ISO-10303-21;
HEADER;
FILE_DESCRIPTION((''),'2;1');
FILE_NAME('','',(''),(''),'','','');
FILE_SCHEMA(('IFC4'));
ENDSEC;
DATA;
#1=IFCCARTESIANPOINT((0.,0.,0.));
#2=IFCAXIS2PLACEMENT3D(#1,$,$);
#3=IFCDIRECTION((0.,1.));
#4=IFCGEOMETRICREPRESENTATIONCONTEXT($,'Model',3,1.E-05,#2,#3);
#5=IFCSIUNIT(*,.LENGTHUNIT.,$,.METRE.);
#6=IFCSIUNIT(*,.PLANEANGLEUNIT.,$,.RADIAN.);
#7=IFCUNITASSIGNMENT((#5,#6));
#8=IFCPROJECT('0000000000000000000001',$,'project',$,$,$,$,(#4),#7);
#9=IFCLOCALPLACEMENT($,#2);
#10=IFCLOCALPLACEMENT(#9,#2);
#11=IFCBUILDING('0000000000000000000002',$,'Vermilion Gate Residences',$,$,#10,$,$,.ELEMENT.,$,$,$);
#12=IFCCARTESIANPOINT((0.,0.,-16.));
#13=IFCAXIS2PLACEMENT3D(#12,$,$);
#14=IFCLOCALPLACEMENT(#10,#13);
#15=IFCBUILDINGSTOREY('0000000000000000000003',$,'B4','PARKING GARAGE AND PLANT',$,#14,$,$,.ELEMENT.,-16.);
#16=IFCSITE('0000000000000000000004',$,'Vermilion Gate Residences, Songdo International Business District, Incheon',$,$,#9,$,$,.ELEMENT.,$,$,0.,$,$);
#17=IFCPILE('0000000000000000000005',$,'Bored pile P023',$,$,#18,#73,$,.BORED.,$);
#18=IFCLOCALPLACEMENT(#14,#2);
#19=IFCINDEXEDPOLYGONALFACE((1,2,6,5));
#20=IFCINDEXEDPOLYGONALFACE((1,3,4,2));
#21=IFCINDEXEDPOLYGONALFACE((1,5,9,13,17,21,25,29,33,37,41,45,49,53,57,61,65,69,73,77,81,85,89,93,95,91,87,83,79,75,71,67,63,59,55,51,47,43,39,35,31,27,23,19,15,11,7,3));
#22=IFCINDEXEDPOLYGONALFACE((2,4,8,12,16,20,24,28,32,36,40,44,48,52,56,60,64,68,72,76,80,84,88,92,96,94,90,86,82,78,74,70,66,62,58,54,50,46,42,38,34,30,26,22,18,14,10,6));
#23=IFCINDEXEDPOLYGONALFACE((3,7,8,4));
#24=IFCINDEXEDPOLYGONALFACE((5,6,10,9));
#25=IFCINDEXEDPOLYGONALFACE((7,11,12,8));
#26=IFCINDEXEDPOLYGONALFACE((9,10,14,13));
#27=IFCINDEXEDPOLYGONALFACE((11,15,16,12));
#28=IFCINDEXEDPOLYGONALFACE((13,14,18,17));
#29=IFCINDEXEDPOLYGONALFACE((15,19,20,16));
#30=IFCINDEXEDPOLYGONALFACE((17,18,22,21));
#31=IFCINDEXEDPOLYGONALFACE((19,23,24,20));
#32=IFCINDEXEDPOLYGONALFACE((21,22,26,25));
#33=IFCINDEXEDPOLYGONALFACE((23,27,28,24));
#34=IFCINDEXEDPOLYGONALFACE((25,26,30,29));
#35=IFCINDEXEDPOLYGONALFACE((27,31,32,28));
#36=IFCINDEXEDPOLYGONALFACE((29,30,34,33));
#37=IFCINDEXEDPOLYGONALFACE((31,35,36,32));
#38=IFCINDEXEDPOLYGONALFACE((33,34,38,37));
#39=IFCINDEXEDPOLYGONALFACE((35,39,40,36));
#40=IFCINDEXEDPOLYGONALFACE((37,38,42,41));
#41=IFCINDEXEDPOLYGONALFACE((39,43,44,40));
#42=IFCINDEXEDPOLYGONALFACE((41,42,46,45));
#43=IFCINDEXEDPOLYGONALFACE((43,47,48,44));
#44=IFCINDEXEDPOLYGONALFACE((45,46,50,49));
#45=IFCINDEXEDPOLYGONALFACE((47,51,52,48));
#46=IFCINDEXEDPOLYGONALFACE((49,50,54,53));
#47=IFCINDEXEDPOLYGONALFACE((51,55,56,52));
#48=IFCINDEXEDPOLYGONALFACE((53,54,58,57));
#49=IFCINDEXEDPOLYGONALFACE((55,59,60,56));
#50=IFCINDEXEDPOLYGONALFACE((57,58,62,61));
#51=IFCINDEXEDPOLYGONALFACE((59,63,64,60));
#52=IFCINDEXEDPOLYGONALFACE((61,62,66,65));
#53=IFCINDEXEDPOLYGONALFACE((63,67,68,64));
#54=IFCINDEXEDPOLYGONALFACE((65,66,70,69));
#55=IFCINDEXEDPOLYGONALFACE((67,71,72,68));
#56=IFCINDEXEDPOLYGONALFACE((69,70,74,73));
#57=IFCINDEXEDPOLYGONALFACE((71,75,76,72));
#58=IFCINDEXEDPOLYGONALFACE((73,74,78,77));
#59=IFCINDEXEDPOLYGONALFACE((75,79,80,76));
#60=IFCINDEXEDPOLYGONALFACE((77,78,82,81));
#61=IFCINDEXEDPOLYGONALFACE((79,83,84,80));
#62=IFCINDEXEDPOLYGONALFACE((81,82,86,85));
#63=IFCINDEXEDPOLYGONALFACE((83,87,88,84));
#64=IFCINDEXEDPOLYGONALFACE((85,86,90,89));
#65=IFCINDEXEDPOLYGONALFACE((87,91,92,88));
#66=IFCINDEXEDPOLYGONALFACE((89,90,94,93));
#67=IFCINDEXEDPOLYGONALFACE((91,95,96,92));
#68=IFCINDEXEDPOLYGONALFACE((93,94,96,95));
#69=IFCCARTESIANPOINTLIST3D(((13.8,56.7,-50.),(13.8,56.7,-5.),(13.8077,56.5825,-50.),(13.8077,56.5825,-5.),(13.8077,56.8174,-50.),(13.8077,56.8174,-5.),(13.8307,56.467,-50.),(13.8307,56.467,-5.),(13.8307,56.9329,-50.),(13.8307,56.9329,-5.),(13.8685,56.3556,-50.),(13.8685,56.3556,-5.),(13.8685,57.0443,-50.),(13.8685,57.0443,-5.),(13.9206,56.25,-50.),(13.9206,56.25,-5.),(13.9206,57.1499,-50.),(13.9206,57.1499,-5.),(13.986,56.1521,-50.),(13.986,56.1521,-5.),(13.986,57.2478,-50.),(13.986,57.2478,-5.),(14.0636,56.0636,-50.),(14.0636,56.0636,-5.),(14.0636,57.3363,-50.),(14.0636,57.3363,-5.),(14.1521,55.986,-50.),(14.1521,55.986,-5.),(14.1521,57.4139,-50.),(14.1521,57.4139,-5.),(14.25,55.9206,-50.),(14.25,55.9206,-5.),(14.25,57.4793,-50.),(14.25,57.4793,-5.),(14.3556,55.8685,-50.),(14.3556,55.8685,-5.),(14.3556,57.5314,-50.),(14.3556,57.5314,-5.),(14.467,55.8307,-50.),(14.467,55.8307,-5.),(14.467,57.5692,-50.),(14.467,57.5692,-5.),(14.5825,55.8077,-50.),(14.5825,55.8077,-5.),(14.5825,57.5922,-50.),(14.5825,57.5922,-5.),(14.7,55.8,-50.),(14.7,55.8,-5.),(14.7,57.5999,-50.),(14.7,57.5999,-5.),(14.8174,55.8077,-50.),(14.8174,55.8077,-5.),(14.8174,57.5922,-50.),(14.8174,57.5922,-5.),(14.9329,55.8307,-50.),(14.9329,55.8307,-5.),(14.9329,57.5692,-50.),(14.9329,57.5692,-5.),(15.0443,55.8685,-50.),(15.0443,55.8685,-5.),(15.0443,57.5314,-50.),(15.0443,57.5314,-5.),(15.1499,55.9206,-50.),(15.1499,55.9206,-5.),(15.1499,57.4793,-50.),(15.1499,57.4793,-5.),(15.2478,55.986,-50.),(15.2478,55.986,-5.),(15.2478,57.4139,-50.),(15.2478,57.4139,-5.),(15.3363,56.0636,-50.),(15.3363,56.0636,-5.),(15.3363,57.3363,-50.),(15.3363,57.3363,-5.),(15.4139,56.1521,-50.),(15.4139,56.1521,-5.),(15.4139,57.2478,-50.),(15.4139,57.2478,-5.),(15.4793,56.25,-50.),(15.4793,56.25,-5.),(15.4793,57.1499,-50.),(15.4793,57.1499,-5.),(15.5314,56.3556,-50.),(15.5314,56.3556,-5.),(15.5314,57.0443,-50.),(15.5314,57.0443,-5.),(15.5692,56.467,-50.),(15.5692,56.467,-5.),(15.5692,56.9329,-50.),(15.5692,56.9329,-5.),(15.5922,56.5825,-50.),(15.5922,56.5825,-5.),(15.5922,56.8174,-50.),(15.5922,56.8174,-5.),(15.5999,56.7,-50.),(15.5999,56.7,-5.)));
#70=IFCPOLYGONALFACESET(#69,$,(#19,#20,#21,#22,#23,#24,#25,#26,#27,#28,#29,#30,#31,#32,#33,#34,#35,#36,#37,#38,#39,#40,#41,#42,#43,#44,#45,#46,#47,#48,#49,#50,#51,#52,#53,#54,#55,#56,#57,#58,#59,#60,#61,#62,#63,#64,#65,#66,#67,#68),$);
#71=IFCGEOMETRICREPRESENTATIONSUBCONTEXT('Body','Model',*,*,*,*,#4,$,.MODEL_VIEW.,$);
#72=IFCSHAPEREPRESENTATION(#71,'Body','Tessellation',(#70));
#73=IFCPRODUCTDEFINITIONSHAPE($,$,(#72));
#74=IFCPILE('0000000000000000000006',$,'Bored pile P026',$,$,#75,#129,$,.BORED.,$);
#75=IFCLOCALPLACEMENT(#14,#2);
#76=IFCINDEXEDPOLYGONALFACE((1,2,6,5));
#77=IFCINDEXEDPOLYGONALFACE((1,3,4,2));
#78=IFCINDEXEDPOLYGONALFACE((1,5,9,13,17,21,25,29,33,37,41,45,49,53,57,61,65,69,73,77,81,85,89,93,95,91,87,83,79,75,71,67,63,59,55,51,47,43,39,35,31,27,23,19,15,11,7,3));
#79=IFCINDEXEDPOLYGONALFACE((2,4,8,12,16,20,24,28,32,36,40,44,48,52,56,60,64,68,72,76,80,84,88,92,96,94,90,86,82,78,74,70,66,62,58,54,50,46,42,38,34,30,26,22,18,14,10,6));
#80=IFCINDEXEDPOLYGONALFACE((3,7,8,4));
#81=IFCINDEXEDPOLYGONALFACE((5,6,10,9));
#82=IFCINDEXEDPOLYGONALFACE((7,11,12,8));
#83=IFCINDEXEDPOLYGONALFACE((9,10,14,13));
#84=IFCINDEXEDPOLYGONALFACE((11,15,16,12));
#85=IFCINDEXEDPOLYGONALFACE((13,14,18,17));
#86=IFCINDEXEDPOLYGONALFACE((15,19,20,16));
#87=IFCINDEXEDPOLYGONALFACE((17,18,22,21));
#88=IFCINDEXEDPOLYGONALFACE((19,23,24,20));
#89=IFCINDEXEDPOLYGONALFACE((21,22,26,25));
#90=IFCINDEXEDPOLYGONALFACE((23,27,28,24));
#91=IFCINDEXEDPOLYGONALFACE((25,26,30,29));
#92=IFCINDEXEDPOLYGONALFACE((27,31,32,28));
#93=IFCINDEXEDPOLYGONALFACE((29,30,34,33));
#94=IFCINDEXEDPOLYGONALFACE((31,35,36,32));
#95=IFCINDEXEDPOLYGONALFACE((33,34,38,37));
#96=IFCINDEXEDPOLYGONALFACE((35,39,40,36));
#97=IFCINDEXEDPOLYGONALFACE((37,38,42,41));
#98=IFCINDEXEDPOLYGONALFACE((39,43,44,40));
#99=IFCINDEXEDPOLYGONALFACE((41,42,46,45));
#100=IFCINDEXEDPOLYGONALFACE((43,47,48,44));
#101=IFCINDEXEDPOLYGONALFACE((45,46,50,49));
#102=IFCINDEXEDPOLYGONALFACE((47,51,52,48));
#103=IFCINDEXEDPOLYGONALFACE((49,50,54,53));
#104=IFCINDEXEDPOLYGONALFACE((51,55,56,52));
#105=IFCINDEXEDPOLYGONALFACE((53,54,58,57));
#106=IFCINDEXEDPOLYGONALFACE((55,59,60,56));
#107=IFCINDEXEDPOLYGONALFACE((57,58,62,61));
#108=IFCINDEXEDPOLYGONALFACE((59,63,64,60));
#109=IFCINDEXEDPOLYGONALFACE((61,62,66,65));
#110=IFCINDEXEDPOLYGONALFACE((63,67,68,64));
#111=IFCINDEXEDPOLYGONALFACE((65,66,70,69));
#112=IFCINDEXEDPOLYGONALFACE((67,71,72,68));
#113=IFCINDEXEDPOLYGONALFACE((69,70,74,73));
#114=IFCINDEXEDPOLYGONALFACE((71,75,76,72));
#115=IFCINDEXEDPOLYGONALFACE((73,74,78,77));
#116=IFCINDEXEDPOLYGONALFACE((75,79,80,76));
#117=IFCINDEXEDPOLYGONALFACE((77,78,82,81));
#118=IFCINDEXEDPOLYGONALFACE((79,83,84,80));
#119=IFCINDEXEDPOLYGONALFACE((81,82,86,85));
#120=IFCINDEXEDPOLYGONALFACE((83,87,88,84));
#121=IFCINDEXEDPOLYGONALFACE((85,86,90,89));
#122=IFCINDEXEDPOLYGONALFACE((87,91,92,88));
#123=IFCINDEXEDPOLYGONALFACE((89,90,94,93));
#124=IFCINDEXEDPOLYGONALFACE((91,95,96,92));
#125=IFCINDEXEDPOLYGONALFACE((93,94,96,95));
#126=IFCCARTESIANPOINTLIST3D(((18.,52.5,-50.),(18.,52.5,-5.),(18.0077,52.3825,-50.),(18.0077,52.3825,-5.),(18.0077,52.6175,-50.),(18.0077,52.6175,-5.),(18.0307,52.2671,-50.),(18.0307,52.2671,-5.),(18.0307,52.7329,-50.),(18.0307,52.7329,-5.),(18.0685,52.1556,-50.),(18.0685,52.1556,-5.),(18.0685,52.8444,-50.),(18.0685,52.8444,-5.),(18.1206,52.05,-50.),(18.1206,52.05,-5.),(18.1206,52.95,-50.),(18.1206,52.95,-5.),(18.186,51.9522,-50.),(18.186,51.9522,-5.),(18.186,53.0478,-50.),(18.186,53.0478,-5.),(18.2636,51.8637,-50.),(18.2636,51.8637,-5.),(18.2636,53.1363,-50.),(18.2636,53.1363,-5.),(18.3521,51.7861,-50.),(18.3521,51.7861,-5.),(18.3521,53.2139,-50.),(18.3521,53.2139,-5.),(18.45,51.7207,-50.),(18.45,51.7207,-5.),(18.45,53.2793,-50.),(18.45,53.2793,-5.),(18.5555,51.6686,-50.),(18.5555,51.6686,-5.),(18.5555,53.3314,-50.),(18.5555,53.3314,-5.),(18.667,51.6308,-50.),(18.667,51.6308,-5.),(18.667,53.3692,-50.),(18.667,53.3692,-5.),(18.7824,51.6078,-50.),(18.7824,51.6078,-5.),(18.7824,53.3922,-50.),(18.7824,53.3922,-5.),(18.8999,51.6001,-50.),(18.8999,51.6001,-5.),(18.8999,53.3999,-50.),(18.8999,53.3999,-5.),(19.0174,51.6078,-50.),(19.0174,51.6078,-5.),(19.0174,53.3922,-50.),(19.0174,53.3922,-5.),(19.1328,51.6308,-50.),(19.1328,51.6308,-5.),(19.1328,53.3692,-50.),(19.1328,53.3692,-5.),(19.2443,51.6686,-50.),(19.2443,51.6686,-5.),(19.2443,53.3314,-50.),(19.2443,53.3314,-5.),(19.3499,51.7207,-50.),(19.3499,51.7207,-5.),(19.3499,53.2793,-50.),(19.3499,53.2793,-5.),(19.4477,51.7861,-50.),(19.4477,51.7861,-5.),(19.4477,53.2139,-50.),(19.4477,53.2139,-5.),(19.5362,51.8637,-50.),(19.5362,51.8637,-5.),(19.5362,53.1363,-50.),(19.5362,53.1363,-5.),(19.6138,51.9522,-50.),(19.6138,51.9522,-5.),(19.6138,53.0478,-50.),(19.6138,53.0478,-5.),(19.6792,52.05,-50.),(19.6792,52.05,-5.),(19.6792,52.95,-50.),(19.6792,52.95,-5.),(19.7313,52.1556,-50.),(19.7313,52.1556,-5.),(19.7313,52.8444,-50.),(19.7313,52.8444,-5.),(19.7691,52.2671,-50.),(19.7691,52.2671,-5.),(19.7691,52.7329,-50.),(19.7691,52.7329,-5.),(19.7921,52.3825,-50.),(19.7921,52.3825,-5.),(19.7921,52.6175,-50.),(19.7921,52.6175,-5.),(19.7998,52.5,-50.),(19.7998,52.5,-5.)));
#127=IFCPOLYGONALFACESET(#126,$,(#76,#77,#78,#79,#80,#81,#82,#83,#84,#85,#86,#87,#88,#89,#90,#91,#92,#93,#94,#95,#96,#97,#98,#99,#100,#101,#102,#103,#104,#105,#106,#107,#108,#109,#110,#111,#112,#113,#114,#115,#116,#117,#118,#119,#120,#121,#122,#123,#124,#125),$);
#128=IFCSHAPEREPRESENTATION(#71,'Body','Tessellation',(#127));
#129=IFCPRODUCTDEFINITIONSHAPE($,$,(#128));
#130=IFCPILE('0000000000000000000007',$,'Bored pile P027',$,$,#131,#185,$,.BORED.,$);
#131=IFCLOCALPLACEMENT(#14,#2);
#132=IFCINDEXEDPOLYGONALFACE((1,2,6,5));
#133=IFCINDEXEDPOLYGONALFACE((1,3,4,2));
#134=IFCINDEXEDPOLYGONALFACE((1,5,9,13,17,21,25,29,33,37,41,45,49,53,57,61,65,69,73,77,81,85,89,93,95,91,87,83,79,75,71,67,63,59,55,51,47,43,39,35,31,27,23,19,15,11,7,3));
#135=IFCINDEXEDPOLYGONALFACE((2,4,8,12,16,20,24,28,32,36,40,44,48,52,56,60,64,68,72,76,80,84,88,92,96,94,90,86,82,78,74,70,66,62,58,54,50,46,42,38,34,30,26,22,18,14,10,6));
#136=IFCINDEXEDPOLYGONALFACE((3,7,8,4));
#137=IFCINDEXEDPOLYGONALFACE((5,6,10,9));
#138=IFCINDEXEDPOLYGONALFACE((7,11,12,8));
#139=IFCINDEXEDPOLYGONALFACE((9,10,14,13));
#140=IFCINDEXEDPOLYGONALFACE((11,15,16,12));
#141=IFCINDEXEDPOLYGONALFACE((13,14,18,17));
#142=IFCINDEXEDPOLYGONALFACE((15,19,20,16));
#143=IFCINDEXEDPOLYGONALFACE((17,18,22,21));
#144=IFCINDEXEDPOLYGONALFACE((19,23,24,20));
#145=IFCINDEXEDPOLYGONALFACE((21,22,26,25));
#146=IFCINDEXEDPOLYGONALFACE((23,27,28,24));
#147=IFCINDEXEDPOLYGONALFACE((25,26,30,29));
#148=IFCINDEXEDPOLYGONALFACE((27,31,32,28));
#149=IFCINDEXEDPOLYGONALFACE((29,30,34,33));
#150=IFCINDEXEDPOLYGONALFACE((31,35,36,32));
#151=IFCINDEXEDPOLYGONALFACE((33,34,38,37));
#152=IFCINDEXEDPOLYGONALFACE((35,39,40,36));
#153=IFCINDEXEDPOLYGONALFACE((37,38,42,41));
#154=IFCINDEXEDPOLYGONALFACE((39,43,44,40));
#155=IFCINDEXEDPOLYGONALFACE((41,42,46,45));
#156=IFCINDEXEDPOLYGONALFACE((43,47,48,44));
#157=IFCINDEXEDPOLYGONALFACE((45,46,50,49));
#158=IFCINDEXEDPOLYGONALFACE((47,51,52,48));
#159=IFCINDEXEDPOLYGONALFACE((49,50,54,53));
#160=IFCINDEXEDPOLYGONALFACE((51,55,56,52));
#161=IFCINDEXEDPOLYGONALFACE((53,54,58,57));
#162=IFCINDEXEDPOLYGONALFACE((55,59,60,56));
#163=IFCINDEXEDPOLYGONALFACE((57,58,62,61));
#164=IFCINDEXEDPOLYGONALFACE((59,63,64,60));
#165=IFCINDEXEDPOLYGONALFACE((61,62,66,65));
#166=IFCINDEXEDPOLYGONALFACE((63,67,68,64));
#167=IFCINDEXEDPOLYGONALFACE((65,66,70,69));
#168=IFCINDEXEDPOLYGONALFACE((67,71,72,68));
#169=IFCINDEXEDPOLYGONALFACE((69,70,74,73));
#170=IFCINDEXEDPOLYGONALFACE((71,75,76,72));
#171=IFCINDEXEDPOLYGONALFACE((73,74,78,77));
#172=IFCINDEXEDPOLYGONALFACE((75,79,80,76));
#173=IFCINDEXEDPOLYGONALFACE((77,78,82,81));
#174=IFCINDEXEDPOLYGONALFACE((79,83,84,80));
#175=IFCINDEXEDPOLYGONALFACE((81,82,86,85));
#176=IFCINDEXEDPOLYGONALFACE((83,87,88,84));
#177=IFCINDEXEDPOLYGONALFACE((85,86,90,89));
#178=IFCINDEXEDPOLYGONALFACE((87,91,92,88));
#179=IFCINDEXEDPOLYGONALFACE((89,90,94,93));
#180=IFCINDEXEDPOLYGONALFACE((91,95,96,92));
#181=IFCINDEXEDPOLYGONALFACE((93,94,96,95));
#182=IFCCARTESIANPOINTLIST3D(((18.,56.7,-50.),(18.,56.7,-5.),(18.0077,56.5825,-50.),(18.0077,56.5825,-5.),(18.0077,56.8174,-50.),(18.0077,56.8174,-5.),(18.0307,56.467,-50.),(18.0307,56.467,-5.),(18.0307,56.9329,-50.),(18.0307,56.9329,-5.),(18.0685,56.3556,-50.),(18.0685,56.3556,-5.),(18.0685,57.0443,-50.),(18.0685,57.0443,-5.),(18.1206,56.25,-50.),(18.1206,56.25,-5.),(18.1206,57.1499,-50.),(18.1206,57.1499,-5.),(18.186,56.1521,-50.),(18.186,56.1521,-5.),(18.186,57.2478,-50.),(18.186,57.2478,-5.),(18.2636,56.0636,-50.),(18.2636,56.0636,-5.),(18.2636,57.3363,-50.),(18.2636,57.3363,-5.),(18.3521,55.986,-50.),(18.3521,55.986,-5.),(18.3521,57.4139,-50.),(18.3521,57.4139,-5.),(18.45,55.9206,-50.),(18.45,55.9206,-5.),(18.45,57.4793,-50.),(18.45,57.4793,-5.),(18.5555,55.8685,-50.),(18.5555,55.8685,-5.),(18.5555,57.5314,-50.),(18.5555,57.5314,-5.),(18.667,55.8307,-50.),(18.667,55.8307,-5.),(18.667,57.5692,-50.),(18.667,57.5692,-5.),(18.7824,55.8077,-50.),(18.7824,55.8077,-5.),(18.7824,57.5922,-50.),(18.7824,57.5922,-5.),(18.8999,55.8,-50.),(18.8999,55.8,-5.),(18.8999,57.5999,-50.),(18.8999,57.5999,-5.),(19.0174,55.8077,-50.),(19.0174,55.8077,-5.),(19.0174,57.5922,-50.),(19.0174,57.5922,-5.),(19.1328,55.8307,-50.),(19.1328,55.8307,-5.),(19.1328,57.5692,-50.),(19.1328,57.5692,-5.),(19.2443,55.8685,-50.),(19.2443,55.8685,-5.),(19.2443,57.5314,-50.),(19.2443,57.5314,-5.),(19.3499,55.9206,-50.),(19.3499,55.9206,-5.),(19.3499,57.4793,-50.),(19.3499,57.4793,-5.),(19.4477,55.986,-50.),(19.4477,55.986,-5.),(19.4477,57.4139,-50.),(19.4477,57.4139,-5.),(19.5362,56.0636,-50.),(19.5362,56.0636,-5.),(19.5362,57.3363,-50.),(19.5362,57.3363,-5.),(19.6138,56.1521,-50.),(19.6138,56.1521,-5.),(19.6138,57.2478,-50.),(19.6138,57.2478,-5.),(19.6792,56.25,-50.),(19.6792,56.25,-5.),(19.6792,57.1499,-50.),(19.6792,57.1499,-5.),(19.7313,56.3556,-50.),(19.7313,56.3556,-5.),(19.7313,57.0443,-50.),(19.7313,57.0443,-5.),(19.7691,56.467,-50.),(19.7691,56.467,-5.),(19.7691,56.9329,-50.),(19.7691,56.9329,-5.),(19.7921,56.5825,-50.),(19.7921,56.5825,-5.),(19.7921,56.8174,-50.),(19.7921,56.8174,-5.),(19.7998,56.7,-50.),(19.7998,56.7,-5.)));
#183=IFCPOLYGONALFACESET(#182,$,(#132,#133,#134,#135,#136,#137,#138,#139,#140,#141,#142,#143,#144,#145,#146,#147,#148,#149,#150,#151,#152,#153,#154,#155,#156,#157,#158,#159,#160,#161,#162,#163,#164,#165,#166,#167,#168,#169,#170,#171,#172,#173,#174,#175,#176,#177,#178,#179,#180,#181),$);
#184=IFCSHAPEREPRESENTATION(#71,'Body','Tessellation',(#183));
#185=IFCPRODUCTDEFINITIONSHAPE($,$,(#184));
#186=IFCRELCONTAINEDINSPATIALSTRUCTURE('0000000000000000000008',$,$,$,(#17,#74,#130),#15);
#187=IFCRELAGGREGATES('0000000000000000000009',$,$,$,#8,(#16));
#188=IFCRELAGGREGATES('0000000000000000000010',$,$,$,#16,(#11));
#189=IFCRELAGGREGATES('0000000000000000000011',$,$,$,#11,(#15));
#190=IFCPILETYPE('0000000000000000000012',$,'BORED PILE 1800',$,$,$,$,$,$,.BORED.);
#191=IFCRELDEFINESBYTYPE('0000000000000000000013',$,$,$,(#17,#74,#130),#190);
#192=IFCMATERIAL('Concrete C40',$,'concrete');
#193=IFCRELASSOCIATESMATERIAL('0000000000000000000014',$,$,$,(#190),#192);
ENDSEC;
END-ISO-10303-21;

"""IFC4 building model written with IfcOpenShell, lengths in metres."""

from ifc_helpers import new_model, si_unit, direction, frame, origin, origin_2d, place, context, subcontext, project, spatial, circle, extrude, material, material_profile, profile_set, type_object, element, save


model = new_model("IFC4")

# Units and contexts
model_context = context("Model", 3, precision=1e-05, world=origin(), true_north=direction((0.0, 1.0)))
body_context = subcontext(model_context, "Body", "Model", "MODEL_VIEW")
ifc_project = project(units=[si_unit("LENGTHUNIT", "METRE"), si_unit("PLANEANGLEUNIT", "RADIAN")], contexts=[model_context])

# Site, building, storey
site_placement = place(None, origin())
site = spatial("IfcSite", under=ifc_project, at=site_placement, Name="Vermilion Gate Residences, Songdo International Business District, Incheon", CompositionType="ELEMENT", RefElevation=0.0)
building_placement = place(site_placement, origin())
building = spatial("IfcBuilding", under=site, at=building_placement, Name="Vermilion Gate Residences", CompositionType="ELEMENT")
storey_placement = place(building_placement, frame((0.0, 0.0, -16.0)))
storey = spatial("IfcBuildingStorey", under=building, at=storey_placement, Name="B4", Description="PARKING GARAGE AND PLANT", CompositionType="ELEMENT", Elevation=-16.0)

# Piles
ifc_material_1 = material(Name="Concrete C40", Category="concrete")
ifc_material_profile = material_profile(ifc_material_1, circle(Radius=0.8999, at=origin_2d()), Name="BORED PILE 1800")
ifc_profile_set = profile_set([ifc_material_profile], Name="Concrete C40")
pile_type = type_object("IfcPileType", Name="BORED PILE 1800", PredefinedType="BORED", material=ifc_profile_set)
for number, where, z_axis, x_axis, name in (
    (1, (14.7, 56.7, -5.0), (0.0, 0.0, -1.0), (1.0, 0.0, 0.0), "Bored pile P023"),
    (2, (18.8999, 52.5, -5.0), (0.0, 0.0, -1.0), (1.0, 0.0, 0.0), "Bored pile P026"),
    (3, (18.8999, 56.7, -5.0), (0.0, 0.0, -1.0), (1.0, 0.0, 0.0), "Bored pile P027"),
):
    element("IfcPile", number, at=place(storey_placement, frame(where, z_axis=z_axis, x_axis=x_axis)), inside=storey, type_object=pile_type, Name=name, PredefinedType="BORED", context=body_context, shape_type="SweptSolid", body=[
        extrude(circle(Radius=0.8999, at=origin_2d()), origin(), (0.0, 0.0, 1.0), 45.0),
    ])

save(model, "model.ifc")
